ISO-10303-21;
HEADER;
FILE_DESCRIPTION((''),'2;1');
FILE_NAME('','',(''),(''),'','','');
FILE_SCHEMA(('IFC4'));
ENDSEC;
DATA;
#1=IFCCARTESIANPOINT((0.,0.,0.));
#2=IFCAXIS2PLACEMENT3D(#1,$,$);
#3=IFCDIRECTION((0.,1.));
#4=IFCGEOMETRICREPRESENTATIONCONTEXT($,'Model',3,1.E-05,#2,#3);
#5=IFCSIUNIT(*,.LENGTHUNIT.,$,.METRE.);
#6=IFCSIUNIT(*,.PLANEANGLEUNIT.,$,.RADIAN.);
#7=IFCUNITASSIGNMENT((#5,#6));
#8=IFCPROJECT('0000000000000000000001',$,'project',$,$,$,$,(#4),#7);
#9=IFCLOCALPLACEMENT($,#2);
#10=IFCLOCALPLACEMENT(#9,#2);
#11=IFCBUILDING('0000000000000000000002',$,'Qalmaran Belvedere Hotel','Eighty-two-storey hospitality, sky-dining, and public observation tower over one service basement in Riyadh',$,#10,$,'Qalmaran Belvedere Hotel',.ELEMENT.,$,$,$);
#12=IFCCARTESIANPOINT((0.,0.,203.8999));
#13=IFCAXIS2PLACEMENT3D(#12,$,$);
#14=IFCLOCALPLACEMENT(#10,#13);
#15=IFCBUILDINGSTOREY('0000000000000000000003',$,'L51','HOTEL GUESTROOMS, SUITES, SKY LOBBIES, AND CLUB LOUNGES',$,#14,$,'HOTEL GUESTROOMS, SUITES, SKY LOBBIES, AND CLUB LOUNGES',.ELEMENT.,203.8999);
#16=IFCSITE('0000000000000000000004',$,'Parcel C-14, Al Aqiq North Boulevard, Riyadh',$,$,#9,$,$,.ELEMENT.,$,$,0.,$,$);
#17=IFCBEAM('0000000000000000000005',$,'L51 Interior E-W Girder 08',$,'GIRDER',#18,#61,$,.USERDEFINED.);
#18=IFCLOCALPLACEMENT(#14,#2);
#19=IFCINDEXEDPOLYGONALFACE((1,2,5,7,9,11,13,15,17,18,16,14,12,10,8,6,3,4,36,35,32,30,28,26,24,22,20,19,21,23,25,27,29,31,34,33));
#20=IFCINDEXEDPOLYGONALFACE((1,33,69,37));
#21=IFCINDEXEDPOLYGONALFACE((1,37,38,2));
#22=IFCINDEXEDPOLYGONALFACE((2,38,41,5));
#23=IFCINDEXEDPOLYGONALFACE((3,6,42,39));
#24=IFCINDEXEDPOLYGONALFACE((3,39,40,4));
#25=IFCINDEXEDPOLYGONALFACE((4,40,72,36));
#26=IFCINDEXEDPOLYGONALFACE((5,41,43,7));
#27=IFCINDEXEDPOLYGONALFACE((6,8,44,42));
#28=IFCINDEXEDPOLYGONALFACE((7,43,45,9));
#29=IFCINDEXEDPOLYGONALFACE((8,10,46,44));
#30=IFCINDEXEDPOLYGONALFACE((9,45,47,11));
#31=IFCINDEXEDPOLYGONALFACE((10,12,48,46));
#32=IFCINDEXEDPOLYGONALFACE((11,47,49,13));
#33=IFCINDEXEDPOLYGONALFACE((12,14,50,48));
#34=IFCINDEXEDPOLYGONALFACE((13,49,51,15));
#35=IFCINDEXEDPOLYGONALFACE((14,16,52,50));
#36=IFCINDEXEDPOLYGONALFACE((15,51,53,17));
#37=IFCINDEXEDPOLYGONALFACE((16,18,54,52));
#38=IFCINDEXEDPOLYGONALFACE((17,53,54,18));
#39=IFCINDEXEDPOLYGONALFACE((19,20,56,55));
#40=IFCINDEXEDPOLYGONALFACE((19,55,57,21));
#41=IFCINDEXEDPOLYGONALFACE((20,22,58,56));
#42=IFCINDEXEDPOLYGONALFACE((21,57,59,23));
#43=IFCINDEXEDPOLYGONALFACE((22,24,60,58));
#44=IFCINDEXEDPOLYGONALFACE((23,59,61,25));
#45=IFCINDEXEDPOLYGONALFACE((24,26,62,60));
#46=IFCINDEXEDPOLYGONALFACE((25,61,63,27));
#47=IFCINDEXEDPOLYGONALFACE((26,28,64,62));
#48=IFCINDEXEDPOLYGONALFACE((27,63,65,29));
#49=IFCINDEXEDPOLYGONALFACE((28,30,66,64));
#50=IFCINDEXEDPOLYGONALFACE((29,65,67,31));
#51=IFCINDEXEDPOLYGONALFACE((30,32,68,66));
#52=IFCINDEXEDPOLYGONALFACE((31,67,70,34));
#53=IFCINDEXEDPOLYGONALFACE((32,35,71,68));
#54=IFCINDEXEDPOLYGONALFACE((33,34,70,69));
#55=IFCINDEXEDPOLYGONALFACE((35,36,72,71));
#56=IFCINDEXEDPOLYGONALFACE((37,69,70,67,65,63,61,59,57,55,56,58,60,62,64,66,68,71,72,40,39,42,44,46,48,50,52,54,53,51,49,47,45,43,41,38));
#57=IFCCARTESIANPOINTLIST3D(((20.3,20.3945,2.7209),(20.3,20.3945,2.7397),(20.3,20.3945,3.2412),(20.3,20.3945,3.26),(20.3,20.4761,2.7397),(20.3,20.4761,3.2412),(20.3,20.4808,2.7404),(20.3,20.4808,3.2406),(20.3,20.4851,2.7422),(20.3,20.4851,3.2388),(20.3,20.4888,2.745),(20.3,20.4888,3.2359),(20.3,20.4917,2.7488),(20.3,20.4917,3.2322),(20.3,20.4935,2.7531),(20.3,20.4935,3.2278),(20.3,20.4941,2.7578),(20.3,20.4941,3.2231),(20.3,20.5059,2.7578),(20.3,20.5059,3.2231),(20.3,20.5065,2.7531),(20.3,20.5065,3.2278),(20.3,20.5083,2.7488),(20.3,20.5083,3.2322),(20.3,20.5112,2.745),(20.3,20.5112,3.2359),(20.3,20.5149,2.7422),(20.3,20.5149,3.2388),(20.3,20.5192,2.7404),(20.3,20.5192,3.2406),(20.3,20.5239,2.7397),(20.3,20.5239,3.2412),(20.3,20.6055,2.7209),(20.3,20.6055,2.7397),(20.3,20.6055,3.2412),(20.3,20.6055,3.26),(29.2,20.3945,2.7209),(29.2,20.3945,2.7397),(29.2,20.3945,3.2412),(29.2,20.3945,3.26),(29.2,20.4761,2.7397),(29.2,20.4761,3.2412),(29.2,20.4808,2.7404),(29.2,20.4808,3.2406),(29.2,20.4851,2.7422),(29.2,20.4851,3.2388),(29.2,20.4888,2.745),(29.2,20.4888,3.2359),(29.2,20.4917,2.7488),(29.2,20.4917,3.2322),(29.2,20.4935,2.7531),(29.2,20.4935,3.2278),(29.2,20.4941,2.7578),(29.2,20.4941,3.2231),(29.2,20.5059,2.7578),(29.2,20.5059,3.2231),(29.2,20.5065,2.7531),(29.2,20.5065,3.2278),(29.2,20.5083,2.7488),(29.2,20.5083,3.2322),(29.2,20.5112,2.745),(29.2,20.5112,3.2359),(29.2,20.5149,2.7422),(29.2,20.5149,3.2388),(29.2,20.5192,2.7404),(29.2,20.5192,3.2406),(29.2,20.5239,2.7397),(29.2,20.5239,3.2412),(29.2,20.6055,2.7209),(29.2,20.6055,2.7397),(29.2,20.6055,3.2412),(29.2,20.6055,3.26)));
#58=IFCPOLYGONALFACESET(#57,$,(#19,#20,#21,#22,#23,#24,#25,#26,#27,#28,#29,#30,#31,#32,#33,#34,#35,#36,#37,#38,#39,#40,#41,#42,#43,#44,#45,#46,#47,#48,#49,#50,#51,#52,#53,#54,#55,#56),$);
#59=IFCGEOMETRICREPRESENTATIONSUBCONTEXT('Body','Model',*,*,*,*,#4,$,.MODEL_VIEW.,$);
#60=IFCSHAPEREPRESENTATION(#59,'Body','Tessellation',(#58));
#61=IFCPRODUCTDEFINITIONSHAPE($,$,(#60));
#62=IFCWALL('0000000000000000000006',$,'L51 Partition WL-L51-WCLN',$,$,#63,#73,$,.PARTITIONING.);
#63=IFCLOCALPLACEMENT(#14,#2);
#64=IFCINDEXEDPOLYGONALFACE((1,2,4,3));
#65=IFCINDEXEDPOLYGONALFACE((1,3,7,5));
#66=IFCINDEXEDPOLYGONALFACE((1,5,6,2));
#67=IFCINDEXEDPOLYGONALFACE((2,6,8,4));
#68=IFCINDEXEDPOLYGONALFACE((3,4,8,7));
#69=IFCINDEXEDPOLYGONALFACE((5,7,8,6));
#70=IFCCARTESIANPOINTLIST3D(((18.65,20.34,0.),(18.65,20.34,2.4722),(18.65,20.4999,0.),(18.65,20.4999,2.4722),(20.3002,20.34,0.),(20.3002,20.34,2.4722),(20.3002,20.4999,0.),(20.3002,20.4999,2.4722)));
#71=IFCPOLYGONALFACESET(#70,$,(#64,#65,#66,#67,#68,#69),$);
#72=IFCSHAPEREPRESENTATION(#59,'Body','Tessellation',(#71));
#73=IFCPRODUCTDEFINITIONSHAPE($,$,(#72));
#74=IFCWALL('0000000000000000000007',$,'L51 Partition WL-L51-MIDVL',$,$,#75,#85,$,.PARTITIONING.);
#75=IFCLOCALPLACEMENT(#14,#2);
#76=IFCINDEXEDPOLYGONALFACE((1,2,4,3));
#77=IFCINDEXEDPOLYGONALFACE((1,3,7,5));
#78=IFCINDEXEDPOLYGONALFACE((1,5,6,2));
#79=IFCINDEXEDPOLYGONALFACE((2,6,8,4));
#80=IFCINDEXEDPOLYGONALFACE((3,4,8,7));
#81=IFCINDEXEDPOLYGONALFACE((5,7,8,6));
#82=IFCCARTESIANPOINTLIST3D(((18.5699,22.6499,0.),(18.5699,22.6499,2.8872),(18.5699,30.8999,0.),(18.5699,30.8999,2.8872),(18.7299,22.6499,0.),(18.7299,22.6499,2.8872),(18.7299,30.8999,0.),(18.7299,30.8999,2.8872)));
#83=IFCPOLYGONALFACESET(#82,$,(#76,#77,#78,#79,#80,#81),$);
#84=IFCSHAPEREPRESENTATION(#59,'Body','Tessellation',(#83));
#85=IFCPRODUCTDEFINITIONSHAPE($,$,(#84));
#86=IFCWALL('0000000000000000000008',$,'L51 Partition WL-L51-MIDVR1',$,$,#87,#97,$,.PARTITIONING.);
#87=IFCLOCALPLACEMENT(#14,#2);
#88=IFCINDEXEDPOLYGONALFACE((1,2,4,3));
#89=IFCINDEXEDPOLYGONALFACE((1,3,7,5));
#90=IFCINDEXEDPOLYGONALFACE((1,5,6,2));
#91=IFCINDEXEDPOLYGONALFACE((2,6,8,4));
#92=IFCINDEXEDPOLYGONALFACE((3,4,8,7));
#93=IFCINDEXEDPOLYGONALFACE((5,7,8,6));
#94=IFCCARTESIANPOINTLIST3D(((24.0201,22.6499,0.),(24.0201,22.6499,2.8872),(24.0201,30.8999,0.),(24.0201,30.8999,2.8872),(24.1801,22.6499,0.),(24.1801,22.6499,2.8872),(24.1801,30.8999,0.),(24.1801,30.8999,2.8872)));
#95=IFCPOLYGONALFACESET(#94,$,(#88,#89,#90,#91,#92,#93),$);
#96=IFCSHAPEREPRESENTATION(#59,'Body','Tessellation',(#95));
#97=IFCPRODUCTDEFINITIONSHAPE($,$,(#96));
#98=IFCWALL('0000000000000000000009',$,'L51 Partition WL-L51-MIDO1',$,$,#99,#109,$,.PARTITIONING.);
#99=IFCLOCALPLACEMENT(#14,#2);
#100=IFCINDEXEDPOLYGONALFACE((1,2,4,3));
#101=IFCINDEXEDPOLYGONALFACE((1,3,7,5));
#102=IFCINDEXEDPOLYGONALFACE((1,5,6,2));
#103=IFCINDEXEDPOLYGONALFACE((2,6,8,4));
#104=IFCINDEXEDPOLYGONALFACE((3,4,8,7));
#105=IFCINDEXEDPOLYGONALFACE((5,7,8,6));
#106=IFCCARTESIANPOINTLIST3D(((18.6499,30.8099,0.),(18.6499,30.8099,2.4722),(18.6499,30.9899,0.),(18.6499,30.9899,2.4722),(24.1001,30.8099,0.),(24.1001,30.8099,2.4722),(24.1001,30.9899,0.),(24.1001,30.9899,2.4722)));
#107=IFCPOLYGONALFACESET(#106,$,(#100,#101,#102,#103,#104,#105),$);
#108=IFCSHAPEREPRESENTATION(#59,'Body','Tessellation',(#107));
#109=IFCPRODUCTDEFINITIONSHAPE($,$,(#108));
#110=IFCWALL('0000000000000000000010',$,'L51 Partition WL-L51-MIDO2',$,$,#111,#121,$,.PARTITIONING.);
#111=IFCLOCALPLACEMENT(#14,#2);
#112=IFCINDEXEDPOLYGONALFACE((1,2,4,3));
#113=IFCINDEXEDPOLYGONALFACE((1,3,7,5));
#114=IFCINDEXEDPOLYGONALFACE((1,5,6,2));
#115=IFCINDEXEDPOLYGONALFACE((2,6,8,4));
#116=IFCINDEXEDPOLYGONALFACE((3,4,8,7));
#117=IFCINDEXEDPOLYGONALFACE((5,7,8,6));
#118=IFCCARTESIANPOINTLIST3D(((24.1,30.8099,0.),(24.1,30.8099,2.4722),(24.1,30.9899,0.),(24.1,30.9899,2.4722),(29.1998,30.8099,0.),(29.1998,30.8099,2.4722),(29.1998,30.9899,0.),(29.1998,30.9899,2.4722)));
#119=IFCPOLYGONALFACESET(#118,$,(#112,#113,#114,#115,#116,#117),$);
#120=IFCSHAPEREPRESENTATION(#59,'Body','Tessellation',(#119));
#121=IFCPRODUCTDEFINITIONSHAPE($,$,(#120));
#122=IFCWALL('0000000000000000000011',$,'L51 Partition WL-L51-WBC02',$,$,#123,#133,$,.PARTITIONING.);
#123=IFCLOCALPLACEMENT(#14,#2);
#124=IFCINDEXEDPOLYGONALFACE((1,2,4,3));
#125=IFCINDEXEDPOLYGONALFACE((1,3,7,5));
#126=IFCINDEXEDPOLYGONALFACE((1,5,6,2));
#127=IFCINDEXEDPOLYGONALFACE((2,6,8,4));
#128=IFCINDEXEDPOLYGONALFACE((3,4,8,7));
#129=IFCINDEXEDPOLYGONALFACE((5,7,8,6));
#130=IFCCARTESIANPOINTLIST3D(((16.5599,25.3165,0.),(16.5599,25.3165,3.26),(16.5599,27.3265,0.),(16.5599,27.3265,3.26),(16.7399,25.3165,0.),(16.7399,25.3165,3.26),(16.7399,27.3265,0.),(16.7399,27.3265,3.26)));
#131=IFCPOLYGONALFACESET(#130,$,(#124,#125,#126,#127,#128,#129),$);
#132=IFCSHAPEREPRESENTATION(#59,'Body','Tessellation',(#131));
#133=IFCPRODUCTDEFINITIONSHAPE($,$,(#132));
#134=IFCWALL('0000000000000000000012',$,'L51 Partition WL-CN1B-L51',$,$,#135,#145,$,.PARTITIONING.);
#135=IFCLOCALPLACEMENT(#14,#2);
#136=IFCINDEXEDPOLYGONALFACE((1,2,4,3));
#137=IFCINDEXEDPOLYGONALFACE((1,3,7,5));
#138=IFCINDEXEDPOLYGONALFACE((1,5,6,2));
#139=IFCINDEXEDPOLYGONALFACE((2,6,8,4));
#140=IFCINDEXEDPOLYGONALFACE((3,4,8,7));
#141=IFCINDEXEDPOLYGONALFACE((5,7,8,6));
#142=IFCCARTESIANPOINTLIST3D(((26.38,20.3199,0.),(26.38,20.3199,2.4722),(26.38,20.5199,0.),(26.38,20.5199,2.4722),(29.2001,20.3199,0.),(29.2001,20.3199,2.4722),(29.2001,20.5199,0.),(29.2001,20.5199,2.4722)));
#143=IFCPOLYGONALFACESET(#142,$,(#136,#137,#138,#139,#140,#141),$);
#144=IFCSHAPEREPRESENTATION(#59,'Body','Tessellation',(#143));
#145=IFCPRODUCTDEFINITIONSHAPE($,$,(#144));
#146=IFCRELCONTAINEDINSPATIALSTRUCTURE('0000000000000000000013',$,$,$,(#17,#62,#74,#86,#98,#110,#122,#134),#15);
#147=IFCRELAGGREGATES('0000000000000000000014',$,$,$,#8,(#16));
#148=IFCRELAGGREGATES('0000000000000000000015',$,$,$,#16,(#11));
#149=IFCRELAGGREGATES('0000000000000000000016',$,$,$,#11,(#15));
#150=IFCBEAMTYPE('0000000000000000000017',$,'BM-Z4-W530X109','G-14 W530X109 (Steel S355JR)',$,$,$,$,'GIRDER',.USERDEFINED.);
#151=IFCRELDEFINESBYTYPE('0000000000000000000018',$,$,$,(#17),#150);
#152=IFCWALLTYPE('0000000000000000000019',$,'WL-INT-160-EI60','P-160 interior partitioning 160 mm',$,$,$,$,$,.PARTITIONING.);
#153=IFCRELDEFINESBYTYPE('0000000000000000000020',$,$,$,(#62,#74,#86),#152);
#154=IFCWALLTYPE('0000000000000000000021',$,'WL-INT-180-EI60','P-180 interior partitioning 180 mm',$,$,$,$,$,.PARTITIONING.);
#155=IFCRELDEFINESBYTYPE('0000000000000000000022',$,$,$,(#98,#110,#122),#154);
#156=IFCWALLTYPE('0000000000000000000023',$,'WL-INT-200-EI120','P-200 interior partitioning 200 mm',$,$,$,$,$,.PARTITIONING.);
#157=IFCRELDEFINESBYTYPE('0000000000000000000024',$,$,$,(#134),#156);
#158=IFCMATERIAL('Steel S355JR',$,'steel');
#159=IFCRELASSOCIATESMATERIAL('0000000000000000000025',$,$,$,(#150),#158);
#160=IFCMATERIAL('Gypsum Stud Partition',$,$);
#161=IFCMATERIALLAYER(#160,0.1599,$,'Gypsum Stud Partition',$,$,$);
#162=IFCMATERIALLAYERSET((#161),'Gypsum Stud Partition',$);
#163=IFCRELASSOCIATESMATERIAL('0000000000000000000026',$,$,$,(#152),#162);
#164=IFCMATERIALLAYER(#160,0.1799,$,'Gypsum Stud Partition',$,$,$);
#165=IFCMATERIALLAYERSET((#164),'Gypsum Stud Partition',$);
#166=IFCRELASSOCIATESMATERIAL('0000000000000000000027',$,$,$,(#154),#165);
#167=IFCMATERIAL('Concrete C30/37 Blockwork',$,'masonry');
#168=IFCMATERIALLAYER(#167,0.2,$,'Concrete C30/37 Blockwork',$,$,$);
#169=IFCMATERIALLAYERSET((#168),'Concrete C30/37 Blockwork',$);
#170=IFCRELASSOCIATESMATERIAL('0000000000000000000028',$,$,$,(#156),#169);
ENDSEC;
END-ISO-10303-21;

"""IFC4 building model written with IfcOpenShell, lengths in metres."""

from ifc_helpers import new_model, si_unit, direction, frame, frame_2d, origin, origin_2d, place, context, subcontext, project, spatial, rectangle, i_section, extrude, material, layer, layer_set, material_profile, profile_set, type_object, element, save


model = new_model("IFC4")

# Units and contexts
model_context = context("Model", 3, precision=1e-05, world=origin(), true_north=direction((0.0, 1.0)))
body_context = subcontext(model_context, "Body", "Model", "MODEL_VIEW")
ifc_project = project(units=[si_unit("LENGTHUNIT", "METRE"), si_unit("PLANEANGLEUNIT", "RADIAN")], contexts=[model_context])

# Site, building, storey
site_placement = place(None, origin())
site = spatial("IfcSite", under=ifc_project, at=site_placement, Name="Parcel C-14, Al Aqiq North Boulevard, Riyadh", CompositionType="ELEMENT", RefElevation=0.0)
building_placement = place(site_placement, origin())
building = spatial("IfcBuilding", under=site, at=building_placement, Name="Qalmaran Belvedere Hotel", Description="Eighty-two-storey hospitality, sky-dining, and public observation tower over one service basement in Riyadh", LongName="Qalmaran Belvedere Hotel", CompositionType="ELEMENT")
storey_placement = place(building_placement, frame((0.0, 0.0, 203.8999)))
storey = spatial("IfcBuildingStorey", under=building, at=storey_placement, Name="L51", Description="HOTEL GUESTROOMS, SUITES, SKY LOBBIES, AND CLUB LOUNGES", LongName="HOTEL GUESTROOMS, SUITES, SKY LOBBIES, AND CLUB LOUNGES", CompositionType="ELEMENT", Elevation=203.8999)

# Beam
ifc_material_1 = material(Name="Steel S355JR", Category="steel")
ifc_material_profile_1 = material_profile(ifc_material_1, i_section(OverallWidth=0.2109, OverallDepth=0.5391, WebThickness=0.0117, FlangeThickness=0.0188, FilletRadius=0.0181, at=origin_2d()), Name="W530X109")
ifc_profile_set_1 = profile_set([ifc_material_profile_1], Name="Steel S355JR")
beam_type_1 = type_object("IfcBeamType", Name="BM-Z4-W530X109", Description="G-14 W530X109 (Steel S355JR)", ElementType="GIRDER", PredefinedType="USERDEFINED", material=ifc_profile_set_1)
beam_1_placement = place(storey_placement, frame((20.3, 20.5, 2.9905), z_axis=(1.0, 0.0, 0.0), x_axis=(0.0, 1.0, 0.0)))
element("IfcBeam", 1, at=beam_1_placement, inside=storey, type_object=beam_type_1, Name="L51 Interior E-W Girder 08", ObjectType="GIRDER", PredefinedType="USERDEFINED", context=body_context, shape_type="SweptSolid", body=[
    extrude(i_section(OverallWidth=0.2109, OverallDepth=0.5391, WebThickness=0.0117, FlangeThickness=0.0188, FilletRadius=0.0181, at=origin_2d()), origin(), (0.0, 0.0, 1.0), 8.8999),
])

# Shared definitions
ifc_material_2 = material(Name="Gypsum Stud Partition")

# Walls
ifc_layer_1 = layer(ifc_material_2, 0.1599, Name="Gypsum Stud Partition")
ifc_layer_set_1 = layer_set([ifc_layer_1], Name="Gypsum Stud Partition")
wall_type_1 = type_object("IfcWallType", Name="WL-INT-160-EI60", Description="P-160 interior partitioning 160 mm", PredefinedType="PARTITIONING", material=ifc_layer_set_1)
wall_1_placement = place(storey_placement, frame((18.6499, 20.4199, 0.0), z_axis=(0.0, 0.0, 1.0), x_axis=(1.0, 0.0, 0.0)))
element("IfcWall", 2, at=wall_1_placement, inside=storey, type_object=wall_type_1, Name="L51 Partition WL-L51-WCLN", PredefinedType="PARTITIONING", context=body_context, shape_type="SweptSolid", body=[
    extrude(rectangle(XDim=1.6501, YDim=0.1599, at=frame_2d((0.8252, 0.0))), origin(), (0.0, 0.0, 1.0), 2.4722),
])
for number, where, z_axis, x_axis, name in (
    (3, (18.6499, 22.6499, 0.0), (0.0, 0.0, 1.0), (0.0, 1.0, 0.0), "L51 Partition WL-L51-MIDVL"),
    (4, (24.1001, 22.6499, 0.0), (0.0, 0.0, 1.0), (0.0, 1.0, 0.0), "L51 Partition WL-L51-MIDVR1"),
):
    element("IfcWall", number, at=place(storey_placement, frame(where, z_axis=z_axis, x_axis=x_axis)), inside=storey, type_object=wall_type_1, Name=name, PredefinedType="PARTITIONING", context=body_context, shape_type="SweptSolid", body=[
        extrude(rectangle(XDim=8.25, YDim=0.1599, at=frame_2d((4.125, 0.0))), origin(), (0.0, 0.0, 1.0), 2.8872),
    ])

# Shared definitions
ifc_layer_2 = layer(ifc_material_2, 0.1799, Name="Gypsum Stud Partition")
ifc_layer_set_2 = layer_set([ifc_layer_2], Name="Gypsum Stud Partition")
wall_type_2 = type_object("IfcWallType", Name="WL-INT-180-EI60", Description="P-180 interior partitioning 180 mm", PredefinedType="PARTITIONING", material=ifc_layer_set_2)

# Wall
wall_2_placement = place(storey_placement, frame((18.6499, 30.8999, 0.0), z_axis=(0.0, 0.0, 1.0), x_axis=(1.0, 0.0, 0.0)))
element("IfcWall", 5, at=wall_2_placement, inside=storey, type_object=wall_type_2, Name="L51 Partition WL-L51-MIDO1", PredefinedType="PARTITIONING", context=body_context, shape_type="SweptSolid", body=[
    extrude(rectangle(XDim=5.4502, YDim=0.1799, at=frame_2d((2.7251, 0.0))), origin(), (0.0, 0.0, 1.0), 2.4722),
])

# Wall
wall_3_placement = place(storey_placement, frame((24.1001, 30.8999, 0.0), z_axis=(0.0, 0.0, 1.0), x_axis=(1.0, 0.0, 0.0)))
element("IfcWall", 6, at=wall_3_placement, inside=storey, type_object=wall_type_2, Name="L51 Partition WL-L51-MIDO2", PredefinedType="PARTITIONING", context=body_context, shape_type="SweptSolid", body=[
    extrude(rectangle(XDim=5.0999, YDim=0.1799, at=frame_2d((2.5498, 0.0))), origin(), (0.0, 0.0, 1.0), 2.4722),
])

# Wall
wall_4_placement = place(storey_placement, frame((16.6499, 25.3167, 0.0), z_axis=(0.0, 0.0, 1.0), x_axis=(0.0, 1.0, 0.0)))
element("IfcWall", 7, at=wall_4_placement, inside=storey, type_object=wall_type_2, Name="L51 Partition WL-L51-WBC02", PredefinedType="PARTITIONING", context=body_context, shape_type="SweptSolid", body=[
    extrude(rectangle(XDim=2.01, YDim=0.1799, at=frame_2d((1.0049, 0.0))), origin(), (0.0, 0.0, 1.0), 3.26),
])

# Shared definitions
ifc_material_3 = material(Name="Concrete C30/37 Blockwork", Category="masonry")
ifc_layer_3 = layer(ifc_material_3, 0.2, Name="Concrete C30/37 Blockwork")
ifc_layer_set_3 = layer_set([ifc_layer_3], Name="Concrete C30/37 Blockwork")
wall_type_3 = type_object("IfcWallType", Name="WL-INT-200-EI120", Description="P-200 interior partitioning 200 mm", PredefinedType="PARTITIONING", material=ifc_layer_set_3)

# Wall
wall_5_placement = place(storey_placement, frame((26.3799, 20.4199, 0.0), z_axis=(0.0, 0.0, 1.0), x_axis=(1.0, 0.0, 0.0)))
element("IfcWall", 8, at=wall_5_placement, inside=storey, type_object=wall_type_3, Name="L51 Partition WL-CN1B-L51", PredefinedType="PARTITIONING", context=body_context, shape_type="SweptSolid", body=[
    extrude(rectangle(XDim=2.8201, YDim=0.2, at=frame_2d((1.4102, 0.0))), origin(), (0.0, 0.0, 1.0), 2.4722),
])

save(model, "model.ifc")
